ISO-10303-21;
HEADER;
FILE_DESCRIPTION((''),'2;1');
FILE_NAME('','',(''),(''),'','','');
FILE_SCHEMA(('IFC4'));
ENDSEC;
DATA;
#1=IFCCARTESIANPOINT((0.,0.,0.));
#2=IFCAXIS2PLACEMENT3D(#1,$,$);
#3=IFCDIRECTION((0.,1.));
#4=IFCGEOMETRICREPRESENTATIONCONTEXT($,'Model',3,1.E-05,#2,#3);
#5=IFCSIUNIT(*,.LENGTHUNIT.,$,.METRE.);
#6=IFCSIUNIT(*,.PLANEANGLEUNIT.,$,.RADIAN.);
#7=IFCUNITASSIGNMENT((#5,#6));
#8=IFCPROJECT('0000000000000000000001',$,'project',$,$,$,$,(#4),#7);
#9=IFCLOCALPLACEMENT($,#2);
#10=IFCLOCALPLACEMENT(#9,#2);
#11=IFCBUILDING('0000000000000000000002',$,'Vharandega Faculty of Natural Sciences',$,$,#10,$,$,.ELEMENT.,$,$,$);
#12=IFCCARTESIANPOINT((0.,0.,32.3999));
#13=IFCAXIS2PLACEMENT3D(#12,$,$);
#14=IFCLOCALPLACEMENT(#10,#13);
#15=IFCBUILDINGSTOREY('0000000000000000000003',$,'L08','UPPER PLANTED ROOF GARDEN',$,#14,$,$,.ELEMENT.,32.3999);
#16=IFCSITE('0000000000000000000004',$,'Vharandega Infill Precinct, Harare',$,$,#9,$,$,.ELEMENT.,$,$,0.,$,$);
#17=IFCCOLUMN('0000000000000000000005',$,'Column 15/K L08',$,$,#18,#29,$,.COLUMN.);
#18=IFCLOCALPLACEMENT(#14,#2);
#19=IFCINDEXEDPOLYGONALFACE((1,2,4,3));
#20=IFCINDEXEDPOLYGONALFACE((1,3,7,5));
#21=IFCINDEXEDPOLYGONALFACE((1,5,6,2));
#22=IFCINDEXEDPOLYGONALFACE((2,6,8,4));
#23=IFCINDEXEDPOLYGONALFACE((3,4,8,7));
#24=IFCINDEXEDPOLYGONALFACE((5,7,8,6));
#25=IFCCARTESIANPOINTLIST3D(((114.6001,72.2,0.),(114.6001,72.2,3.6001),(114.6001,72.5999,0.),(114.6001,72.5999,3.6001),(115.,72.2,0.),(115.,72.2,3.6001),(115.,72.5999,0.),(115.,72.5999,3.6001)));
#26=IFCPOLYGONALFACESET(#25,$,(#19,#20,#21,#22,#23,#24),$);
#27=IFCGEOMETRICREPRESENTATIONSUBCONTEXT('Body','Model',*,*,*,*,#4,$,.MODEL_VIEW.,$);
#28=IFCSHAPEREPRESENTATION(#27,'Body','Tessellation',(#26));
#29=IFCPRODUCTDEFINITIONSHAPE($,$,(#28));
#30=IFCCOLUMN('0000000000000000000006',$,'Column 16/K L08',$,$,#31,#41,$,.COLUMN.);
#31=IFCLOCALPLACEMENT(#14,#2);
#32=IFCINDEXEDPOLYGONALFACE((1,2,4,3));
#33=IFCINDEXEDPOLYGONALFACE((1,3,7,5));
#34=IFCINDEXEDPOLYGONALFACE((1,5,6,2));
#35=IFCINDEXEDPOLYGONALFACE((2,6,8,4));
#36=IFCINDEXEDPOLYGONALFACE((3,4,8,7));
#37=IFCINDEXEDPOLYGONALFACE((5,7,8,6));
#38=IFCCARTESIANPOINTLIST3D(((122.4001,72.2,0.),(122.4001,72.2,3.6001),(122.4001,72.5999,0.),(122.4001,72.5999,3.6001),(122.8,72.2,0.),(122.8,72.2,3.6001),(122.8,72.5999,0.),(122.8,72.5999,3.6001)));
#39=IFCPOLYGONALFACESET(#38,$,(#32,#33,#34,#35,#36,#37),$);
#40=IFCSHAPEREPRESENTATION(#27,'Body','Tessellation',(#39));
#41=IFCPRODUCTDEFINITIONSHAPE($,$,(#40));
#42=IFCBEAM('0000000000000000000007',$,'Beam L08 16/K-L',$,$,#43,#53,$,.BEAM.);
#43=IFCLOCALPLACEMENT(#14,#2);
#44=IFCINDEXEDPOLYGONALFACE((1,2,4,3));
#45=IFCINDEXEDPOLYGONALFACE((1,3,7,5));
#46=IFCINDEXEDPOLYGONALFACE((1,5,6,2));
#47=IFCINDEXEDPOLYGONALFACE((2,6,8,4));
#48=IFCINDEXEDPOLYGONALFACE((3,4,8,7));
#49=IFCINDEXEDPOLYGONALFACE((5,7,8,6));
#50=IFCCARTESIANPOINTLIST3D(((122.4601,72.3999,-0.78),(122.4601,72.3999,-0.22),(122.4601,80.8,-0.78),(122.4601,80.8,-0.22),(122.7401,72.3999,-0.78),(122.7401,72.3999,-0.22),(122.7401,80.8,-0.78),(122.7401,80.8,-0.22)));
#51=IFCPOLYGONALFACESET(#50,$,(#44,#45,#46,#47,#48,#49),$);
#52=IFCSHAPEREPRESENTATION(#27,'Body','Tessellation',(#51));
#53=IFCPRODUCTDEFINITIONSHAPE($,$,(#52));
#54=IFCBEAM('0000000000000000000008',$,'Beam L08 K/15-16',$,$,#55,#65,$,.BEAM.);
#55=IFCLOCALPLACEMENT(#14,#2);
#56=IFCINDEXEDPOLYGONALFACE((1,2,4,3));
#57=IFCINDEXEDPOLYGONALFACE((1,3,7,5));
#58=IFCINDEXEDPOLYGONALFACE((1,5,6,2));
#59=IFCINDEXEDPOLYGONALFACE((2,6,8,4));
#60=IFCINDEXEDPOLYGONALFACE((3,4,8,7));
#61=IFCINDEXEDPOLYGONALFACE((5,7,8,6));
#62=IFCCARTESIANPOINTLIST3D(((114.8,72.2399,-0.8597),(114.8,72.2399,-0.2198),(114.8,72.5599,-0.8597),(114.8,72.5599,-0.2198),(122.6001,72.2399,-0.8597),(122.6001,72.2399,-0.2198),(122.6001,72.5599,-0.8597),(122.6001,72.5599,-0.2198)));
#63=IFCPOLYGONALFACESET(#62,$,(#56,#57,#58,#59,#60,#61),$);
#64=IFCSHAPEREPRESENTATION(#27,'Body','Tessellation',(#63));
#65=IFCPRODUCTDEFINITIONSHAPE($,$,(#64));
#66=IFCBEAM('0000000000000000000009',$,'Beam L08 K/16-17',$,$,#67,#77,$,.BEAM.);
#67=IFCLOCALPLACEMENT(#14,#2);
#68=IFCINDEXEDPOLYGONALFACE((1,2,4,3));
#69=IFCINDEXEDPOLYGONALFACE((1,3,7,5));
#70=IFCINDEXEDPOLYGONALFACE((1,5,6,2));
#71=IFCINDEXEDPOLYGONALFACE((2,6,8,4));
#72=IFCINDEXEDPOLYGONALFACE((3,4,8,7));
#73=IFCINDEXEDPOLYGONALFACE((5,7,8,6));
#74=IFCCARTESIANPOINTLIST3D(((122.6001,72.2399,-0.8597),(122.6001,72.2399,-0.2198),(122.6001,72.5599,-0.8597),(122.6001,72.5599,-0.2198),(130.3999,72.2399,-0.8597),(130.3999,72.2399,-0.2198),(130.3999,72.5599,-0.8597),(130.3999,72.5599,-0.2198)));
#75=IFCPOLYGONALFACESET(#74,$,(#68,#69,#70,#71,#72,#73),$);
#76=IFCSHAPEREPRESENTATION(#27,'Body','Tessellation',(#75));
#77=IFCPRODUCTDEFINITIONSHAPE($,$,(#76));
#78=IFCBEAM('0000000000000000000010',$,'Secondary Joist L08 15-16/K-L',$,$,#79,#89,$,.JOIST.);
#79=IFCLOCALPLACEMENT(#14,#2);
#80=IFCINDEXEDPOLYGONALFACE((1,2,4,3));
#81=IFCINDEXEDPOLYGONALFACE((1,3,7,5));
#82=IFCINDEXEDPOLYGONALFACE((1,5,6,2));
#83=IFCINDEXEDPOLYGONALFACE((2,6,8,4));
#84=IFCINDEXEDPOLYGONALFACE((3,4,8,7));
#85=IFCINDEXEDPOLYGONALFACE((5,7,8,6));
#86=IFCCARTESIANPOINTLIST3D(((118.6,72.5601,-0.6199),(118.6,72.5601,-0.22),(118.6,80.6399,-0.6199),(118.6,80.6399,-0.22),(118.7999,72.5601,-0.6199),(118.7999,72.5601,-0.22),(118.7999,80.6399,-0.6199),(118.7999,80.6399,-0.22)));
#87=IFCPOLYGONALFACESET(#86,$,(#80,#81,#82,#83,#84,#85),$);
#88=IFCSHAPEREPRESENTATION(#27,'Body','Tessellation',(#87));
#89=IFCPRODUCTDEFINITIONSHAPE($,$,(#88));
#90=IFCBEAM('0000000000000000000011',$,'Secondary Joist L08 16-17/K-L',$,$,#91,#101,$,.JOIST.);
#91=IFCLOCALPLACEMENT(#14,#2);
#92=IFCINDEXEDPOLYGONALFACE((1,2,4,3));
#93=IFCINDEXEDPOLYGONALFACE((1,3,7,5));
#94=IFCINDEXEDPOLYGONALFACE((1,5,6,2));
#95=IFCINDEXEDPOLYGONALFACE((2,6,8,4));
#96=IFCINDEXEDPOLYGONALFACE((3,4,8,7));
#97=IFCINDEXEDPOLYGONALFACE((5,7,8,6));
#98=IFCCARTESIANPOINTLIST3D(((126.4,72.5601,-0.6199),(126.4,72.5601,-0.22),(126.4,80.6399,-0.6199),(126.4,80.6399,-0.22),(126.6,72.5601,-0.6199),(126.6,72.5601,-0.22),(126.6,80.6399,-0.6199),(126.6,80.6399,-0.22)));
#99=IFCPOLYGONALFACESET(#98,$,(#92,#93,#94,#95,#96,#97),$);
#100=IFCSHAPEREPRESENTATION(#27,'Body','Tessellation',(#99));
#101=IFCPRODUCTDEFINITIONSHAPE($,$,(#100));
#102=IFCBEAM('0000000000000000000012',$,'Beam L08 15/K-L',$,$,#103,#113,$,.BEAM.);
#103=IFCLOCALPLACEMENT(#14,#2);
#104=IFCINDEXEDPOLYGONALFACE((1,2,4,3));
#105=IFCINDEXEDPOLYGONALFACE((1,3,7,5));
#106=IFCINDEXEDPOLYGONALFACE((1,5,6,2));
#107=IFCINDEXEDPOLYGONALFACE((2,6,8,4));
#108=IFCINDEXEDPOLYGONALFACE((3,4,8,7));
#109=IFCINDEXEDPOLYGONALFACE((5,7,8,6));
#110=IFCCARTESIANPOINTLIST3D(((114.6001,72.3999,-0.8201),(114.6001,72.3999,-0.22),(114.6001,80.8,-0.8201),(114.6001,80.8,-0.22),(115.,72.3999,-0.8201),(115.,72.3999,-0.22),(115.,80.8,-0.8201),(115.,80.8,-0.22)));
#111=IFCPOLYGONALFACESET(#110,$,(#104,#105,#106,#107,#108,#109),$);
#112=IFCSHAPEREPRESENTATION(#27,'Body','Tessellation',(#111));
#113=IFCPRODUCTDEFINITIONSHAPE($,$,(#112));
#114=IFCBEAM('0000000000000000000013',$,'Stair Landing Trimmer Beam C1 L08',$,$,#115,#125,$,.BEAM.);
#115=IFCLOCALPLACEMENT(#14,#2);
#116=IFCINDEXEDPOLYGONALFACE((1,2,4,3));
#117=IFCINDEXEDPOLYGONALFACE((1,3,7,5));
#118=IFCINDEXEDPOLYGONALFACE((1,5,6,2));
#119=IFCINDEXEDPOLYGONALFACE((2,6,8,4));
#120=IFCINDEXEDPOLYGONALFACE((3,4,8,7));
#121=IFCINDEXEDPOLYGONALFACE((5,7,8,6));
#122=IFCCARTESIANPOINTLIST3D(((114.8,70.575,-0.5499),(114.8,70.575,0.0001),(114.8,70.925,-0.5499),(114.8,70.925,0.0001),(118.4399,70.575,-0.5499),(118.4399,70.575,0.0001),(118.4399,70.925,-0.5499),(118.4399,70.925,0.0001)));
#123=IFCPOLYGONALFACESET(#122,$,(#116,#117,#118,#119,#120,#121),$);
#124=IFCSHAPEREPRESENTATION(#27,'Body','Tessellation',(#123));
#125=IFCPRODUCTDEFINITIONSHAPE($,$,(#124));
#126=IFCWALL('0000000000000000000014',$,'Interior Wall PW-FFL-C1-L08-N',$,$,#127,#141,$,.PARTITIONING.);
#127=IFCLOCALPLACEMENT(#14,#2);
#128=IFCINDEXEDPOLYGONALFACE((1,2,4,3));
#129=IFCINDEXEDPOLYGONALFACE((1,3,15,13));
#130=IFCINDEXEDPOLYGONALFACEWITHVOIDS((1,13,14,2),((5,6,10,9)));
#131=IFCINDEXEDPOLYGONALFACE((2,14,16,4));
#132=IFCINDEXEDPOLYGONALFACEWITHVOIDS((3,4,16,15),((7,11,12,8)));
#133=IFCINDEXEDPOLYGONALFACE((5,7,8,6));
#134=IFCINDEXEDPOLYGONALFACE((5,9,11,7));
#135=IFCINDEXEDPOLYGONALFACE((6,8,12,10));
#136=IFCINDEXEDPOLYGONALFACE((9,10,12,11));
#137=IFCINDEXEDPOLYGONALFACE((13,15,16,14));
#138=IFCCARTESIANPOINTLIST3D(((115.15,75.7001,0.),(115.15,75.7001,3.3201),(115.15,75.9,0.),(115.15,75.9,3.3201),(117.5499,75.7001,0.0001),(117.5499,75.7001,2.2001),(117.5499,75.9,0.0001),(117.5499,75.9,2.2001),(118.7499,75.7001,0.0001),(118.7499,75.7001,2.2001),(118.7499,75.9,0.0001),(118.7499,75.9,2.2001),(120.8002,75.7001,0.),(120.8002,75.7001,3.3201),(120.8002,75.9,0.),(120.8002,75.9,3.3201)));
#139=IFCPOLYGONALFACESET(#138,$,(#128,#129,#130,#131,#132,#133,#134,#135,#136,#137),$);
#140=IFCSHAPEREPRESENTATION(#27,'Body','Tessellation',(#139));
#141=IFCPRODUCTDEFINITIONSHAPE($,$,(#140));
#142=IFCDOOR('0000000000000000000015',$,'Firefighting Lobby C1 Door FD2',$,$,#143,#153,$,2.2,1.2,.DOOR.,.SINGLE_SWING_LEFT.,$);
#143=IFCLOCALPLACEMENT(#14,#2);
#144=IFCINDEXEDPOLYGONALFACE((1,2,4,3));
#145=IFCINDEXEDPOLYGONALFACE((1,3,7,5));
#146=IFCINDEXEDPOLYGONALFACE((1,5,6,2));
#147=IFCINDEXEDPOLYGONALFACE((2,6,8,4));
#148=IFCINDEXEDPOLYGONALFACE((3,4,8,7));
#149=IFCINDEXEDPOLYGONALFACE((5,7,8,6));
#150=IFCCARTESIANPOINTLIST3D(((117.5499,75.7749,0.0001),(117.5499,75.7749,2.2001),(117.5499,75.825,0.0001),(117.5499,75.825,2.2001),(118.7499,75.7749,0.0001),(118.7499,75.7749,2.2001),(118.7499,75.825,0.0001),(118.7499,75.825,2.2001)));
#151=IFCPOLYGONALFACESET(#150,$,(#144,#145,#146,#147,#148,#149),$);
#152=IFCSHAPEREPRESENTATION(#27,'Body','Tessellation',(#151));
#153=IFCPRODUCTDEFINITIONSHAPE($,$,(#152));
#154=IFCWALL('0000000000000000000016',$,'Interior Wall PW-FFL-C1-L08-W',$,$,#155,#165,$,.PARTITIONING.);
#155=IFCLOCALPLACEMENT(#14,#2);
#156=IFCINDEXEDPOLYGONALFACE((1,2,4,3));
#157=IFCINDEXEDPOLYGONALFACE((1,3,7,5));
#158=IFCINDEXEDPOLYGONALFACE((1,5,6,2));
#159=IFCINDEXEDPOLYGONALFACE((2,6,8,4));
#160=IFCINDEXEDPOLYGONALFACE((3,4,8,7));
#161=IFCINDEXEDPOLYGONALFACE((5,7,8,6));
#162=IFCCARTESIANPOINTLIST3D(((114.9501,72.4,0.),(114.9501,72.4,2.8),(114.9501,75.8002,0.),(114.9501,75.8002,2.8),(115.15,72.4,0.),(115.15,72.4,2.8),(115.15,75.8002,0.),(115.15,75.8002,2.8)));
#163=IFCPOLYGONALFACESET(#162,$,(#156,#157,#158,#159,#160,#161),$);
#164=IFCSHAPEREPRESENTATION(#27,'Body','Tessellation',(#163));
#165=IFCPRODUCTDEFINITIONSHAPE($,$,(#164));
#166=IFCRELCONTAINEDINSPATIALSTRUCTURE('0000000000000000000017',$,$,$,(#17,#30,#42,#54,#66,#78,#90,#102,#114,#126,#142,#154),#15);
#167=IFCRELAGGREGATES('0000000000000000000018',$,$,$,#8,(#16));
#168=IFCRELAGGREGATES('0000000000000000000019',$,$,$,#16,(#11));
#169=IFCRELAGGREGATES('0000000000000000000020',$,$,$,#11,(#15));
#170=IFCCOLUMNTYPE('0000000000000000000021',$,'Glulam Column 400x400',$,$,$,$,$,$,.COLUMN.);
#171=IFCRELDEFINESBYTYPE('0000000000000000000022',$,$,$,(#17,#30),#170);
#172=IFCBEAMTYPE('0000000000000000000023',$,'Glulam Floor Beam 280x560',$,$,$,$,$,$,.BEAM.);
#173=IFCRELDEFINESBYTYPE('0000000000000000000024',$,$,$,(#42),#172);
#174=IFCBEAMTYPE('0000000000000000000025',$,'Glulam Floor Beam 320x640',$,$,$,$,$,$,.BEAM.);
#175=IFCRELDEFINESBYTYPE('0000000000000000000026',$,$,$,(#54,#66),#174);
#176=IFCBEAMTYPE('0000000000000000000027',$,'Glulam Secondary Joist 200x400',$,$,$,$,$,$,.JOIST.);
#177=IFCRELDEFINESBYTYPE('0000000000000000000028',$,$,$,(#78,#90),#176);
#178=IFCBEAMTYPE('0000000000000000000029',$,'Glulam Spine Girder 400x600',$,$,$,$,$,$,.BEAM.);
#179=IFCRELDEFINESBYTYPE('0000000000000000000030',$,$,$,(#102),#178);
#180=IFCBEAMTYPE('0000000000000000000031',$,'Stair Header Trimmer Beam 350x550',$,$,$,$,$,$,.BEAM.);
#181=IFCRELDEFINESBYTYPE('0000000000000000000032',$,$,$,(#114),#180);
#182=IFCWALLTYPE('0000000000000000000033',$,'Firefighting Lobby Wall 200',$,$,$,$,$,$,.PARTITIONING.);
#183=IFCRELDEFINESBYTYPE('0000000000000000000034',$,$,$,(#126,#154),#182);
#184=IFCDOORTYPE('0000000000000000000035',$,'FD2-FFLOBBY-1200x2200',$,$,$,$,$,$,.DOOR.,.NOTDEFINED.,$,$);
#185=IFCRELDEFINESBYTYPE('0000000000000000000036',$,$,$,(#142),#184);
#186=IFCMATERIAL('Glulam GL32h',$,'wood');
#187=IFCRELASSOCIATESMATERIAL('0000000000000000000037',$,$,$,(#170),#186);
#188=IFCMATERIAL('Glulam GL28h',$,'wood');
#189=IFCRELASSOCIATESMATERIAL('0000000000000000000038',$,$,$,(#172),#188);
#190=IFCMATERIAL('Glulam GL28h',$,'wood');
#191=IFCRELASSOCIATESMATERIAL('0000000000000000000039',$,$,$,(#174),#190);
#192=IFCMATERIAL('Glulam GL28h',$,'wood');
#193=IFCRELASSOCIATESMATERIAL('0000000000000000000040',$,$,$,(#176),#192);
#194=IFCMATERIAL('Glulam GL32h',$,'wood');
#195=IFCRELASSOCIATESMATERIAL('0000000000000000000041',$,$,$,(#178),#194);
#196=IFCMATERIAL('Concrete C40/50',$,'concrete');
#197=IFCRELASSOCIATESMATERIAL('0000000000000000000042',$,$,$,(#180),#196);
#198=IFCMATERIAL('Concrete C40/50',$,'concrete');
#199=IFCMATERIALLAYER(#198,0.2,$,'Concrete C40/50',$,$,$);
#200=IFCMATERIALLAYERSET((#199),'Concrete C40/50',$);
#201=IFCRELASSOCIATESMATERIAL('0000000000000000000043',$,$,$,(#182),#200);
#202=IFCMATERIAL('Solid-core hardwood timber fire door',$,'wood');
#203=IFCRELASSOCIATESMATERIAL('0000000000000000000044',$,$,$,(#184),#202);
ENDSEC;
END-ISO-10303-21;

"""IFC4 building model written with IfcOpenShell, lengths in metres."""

from ifc_helpers import new_model, si_unit, direction, frame, frame_2d, origin, origin_2d, place, context, subcontext, project, spatial, rectangle, extrude, material, layer, layer_set, material_profile, profile_set, type_object, element, fill, save


model = new_model("IFC4")

# Units and contexts
model_context = context("Model", 3, precision=1e-05, world=origin(), true_north=direction((0.0, 1.0)))
body_context = subcontext(model_context, "Body", "Model", "MODEL_VIEW")
ifc_project = project(units=[si_unit("LENGTHUNIT", "METRE"), si_unit("PLANEANGLEUNIT", "RADIAN")], contexts=[model_context])

# Site, building, storey
site_placement = place(None, origin())
site = spatial("IfcSite", under=ifc_project, at=site_placement, Name="Vharandega Infill Precinct, Harare", CompositionType="ELEMENT", RefElevation=0.0)
building_placement = place(site_placement, origin())
building = spatial("IfcBuilding", under=site, at=building_placement, Name="Vharandega Faculty of Natural Sciences", CompositionType="ELEMENT")
storey_placement = place(building_placement, frame((0.0, 0.0, 32.3999)))
storey = spatial("IfcBuildingStorey", under=building, at=storey_placement, Name="L08", Description="UPPER PLANTED ROOF GARDEN", CompositionType="ELEMENT", Elevation=32.3999)

# Columns
ifc_material_1 = material(Name="Glulam GL32h", Category="wood")
ifc_material_profile_1 = material_profile(ifc_material_1, rectangle(XDim=0.3999, YDim=0.3999, at=origin_2d()), Name="GL32h 400x400")
ifc_profile_set_1 = profile_set([ifc_material_profile_1], Name="Glulam GL32h")
column_type = type_object("IfcColumnType", Name="Glulam Column 400x400", PredefinedType="COLUMN", material=ifc_profile_set_1)
for number, where, z_axis, x_axis, name in (
    (1, (114.8, 72.3999, 0.0), (0.0, 0.0, 1.0), (1.0, 0.0, 0.0), "Column 15/K L08"),
    (2, (122.6001, 72.3999, 0.0), (0.0, 0.0, 1.0), (1.0, 0.0, 0.0), "Column 16/K L08"),
):
    element("IfcColumn", number, at=place(storey_placement, frame(where, z_axis=z_axis, x_axis=x_axis)), inside=storey, type_object=column_type, Name=name, PredefinedType="COLUMN", context=body_context, shape_type="SweptSolid", body=[
        extrude(rectangle(XDim=0.3999, YDim=0.3999, at=origin_2d()), origin(), (0.0, 0.0, 1.0), 3.6001),
    ])

# Beams
ifc_material_2 = material(Name="Glulam GL28h", Category="wood")
ifc_material_profile_2 = material_profile(ifc_material_2, rectangle(XDim=0.28, YDim=0.5601, at=origin_2d()), Name="GL28h 280x560")
ifc_profile_set_2 = profile_set([ifc_material_profile_2], Name="Glulam GL28h")
beam_type_1 = type_object("IfcBeamType", Name="Glulam Floor Beam 280x560", PredefinedType="BEAM", material=ifc_profile_set_2)
beam_1_placement = place(storey_placement, frame((122.6001, 72.3999, -0.5), z_axis=(0.0, 1.0, 0.0), x_axis=(-1.0, 0.0, 0.0)))
element("IfcBeam", 3, at=beam_1_placement, inside=storey, type_object=beam_type_1, Name="Beam L08 16/K-L", PredefinedType="BEAM", context=body_context, shape_type="SweptSolid", body=[
    extrude(rectangle(XDim=0.28, YDim=0.5601, at=origin_2d()), origin(), (0.0, 0.0, 1.0), 8.4001),
])
ifc_material_3 = material(Name="Glulam GL28h", Category="wood")
ifc_material_profile_3 = material_profile(ifc_material_3, rectangle(XDim=0.3201, YDim=0.6399, at=origin_2d()), Name="GL28h 320x640")
ifc_profile_set_3 = profile_set([ifc_material_profile_3], Name="Glulam GL28h")
beam_type_2 = type_object("IfcBeamType", Name="Glulam Floor Beam 320x640", PredefinedType="BEAM", material=ifc_profile_set_3)
beam_2_placement = place(storey_placement, frame((114.8, 72.3999, -0.5398), z_axis=(1.0, 0.0, 0.0), x_axis=(0.0, 1.0, 0.0)))
element("IfcBeam", 4, at=beam_2_placement, inside=storey, type_object=beam_type_2, Name="Beam L08 K/15-16", PredefinedType="BEAM", context=body_context, shape_type="SweptSolid", body=[
    extrude(rectangle(XDim=0.3201, YDim=0.6399, at=origin_2d()), origin(), (0.0, 0.0, 1.0), 7.8),
])
beam_3_placement = place(storey_placement, frame((122.6001, 72.3999, -0.5398), z_axis=(1.0, 0.0, 0.0), x_axis=(0.0, 1.0, 0.0)))
element("IfcBeam", 5, at=beam_3_placement, inside=storey, type_object=beam_type_2, Name="Beam L08 K/16-17", PredefinedType="BEAM", context=body_context, shape_type="SweptSolid", body=[
    extrude(rectangle(XDim=0.3201, YDim=0.6399, at=origin_2d()), origin(), (0.0, 0.0, 1.0), 7.7998),
])
ifc_material_4 = material(Name="Glulam GL28h", Category="wood")
ifc_material_profile_4 = material_profile(ifc_material_4, rectangle(XDim=0.2, YDim=0.3999, at=origin_2d()), Name="GL28h 200x400")
ifc_profile_set_4 = profile_set([ifc_material_profile_4], Name="Glulam GL28h")
beam_type_3 = type_object("IfcBeamType", Name="Glulam Secondary Joist 200x400", PredefinedType="JOIST", material=ifc_profile_set_4)
for number, where, z_axis, x_axis, name in (
    (6, (118.7, 72.5601, -0.4199), (0.0, 1.0, 0.0), (-1.0, 0.0, 0.0), "Secondary Joist L08 15-16/K-L"),
    (7, (126.5, 72.5601, -0.4199), (0.0, 1.0, 0.0), (-1.0, 0.0, 0.0), "Secondary Joist L08 16-17/K-L"),
):
    element("IfcBeam", number, at=place(storey_placement, frame(where, z_axis=z_axis, x_axis=x_axis)), inside=storey, type_object=beam_type_3, Name=name, PredefinedType="JOIST", context=body_context, shape_type="SweptSolid", body=[
        extrude(rectangle(XDim=0.2, YDim=0.3999, at=origin_2d()), origin(), (0.0, 0.0, 1.0), 8.0798),
    ])
ifc_material_5 = material(Name="Glulam GL32h", Category="wood")
ifc_material_profile_5 = material_profile(ifc_material_5, rectangle(XDim=0.3999, YDim=0.6001, at=origin_2d()), Name="GL32h 400x600")
ifc_profile_set_5 = profile_set([ifc_material_profile_5], Name="Glulam GL32h")
beam_type_4 = type_object("IfcBeamType", Name="Glulam Spine Girder 400x600", PredefinedType="BEAM", material=ifc_profile_set_5)
beam_4_placement = place(storey_placement, frame((114.8, 72.3999, -0.52), z_axis=(0.0, 1.0, 0.0), x_axis=(-1.0, 0.0, 0.0)))
element("IfcBeam", 8, at=beam_4_placement, inside=storey, type_object=beam_type_4, Name="Beam L08 15/K-L", PredefinedType="BEAM", context=body_context, shape_type="SweptSolid", body=[
    extrude(rectangle(XDim=0.3999, YDim=0.6001, at=origin_2d()), origin(), (0.0, 0.0, 1.0), 8.4001),
])
ifc_material_6 = material(Name="Concrete C40/50", Category="concrete")
ifc_material_profile_6 = material_profile(ifc_material_6, rectangle(XDim=0.3501, YDim=0.55, at=origin_2d()), Name="RC 350x550")
ifc_profile_set_6 = profile_set([ifc_material_profile_6], Name="Concrete C40/50")
beam_type_5 = type_object("IfcBeamType", Name="Stair Header Trimmer Beam 350x550", PredefinedType="BEAM", material=ifc_profile_set_6)
beam_5_placement = place(storey_placement, frame((114.8, 70.75, -0.2749), z_axis=(1.0, 0.0, 0.0), x_axis=(0.0, 1.0, 0.0)))
element("IfcBeam", 9, at=beam_5_placement, inside=storey, type_object=beam_type_5, Name="Stair Landing Trimmer Beam C1 L08", PredefinedType="BEAM", context=body_context, shape_type="SweptSolid", body=[
    extrude(rectangle(XDim=0.3501, YDim=0.55, at=origin_2d()), origin(), (0.0, 0.0, 1.0), 3.6399),
])

# Wall, opening, door
ifc_material_7 = material(Name="Concrete C40/50", Category="concrete")
ifc_layer_1 = layer(ifc_material_7, 0.2, Name="Concrete C40/50")
ifc_layer_set_1 = layer_set([ifc_layer_1], Name="Concrete C40/50")
wall_type_1 = type_object("IfcWallType", Name="Firefighting Lobby Wall 200", PredefinedType="PARTITIONING", material=ifc_layer_set_1)
wall_1_placement = place(storey_placement, frame((115.1499, 75.8, 0.0), z_axis=(0.0, 0.0, 1.0), x_axis=(1.0, 0.0, 0.0)))
wall_1 = element("IfcWall", 10, at=wall_1_placement, inside=storey, type_object=wall_type_1, Name="Interior Wall PW-FFL-C1-L08-N", PredefinedType="PARTITIONING", context=body_context, shape_type="SweptSolid", body=[
    extrude(rectangle(XDim=5.6501, YDim=0.2, at=frame_2d((2.8252, 0.0))), origin(), (0.0, 0.0, 1.0), 3.3201),
])
opening_1_placement = place(wall_1_placement, frame((2.3999, 0.0, 0.0)))
opening_1 = element("IfcOpeningElement", 11, at=opening_1_placement, cuts=wall_1, PredefinedType="OPENING", context=body_context, shape_type="SweptSolid", body=[
    extrude(rectangle(XDim=1.2, YDim=2.2, at=frame_2d((0.6001, 1.1001))), frame((0.0, 0.1099, 0.0), z_axis=(0.0, -1.0, 0.0), x_axis=(1.0, 0.0, 0.0)), (0.0, 0.0, 1.0), 0.22),
])
ifc_material_8 = material(Name="Solid-core hardwood timber fire door", Category="wood")
door_type_1 = type_object("IfcDoorType", Name="FD2-FFLOBBY-1200x2200", OperationType="NOTDEFINED", PredefinedType="DOOR", material=ifc_material_8)
door_1_placement = place(opening_1_placement, origin())
door_1 = element("IfcDoor", 12, at=door_1_placement, inside=storey, type_object=door_type_1, Name="Firefighting Lobby C1 Door FD2", OperationType="SINGLE_SWING_LEFT", OverallHeight=2.2, OverallWidth=1.2, PredefinedType="DOOR", context=body_context, shape_type="SweptSolid", body=[
    extrude(rectangle(XDim=1.2, YDim=2.2, at=frame_2d((0.6001, 1.1001))), frame((0.0, 0.0249, 0.0), z_axis=(0.0, -1.0, 0.0), x_axis=(1.0, 0.0, 0.0)), (0.0, 0.0, 1.0), 0.05),
])
fill(opening_1, door_1)

# Wall
wall_2_placement = place(storey_placement, frame((115.05, 72.3999, 0.0), z_axis=(0.0, 0.0, 1.0), x_axis=(0.0, 1.0, 0.0)))
element("IfcWall", 13, at=wall_2_placement, inside=storey, type_object=wall_type_1, Name="Interior Wall PW-FFL-C1-L08-W", PredefinedType="PARTITIONING", context=body_context, shape_type="SweptSolid", body=[
    extrude(rectangle(XDim=3.4001, YDim=0.2, at=frame_2d((1.7002, 0.0))), origin(), (0.0, 0.0, 1.0), 2.8),
])

save(model, "model.ifc")
